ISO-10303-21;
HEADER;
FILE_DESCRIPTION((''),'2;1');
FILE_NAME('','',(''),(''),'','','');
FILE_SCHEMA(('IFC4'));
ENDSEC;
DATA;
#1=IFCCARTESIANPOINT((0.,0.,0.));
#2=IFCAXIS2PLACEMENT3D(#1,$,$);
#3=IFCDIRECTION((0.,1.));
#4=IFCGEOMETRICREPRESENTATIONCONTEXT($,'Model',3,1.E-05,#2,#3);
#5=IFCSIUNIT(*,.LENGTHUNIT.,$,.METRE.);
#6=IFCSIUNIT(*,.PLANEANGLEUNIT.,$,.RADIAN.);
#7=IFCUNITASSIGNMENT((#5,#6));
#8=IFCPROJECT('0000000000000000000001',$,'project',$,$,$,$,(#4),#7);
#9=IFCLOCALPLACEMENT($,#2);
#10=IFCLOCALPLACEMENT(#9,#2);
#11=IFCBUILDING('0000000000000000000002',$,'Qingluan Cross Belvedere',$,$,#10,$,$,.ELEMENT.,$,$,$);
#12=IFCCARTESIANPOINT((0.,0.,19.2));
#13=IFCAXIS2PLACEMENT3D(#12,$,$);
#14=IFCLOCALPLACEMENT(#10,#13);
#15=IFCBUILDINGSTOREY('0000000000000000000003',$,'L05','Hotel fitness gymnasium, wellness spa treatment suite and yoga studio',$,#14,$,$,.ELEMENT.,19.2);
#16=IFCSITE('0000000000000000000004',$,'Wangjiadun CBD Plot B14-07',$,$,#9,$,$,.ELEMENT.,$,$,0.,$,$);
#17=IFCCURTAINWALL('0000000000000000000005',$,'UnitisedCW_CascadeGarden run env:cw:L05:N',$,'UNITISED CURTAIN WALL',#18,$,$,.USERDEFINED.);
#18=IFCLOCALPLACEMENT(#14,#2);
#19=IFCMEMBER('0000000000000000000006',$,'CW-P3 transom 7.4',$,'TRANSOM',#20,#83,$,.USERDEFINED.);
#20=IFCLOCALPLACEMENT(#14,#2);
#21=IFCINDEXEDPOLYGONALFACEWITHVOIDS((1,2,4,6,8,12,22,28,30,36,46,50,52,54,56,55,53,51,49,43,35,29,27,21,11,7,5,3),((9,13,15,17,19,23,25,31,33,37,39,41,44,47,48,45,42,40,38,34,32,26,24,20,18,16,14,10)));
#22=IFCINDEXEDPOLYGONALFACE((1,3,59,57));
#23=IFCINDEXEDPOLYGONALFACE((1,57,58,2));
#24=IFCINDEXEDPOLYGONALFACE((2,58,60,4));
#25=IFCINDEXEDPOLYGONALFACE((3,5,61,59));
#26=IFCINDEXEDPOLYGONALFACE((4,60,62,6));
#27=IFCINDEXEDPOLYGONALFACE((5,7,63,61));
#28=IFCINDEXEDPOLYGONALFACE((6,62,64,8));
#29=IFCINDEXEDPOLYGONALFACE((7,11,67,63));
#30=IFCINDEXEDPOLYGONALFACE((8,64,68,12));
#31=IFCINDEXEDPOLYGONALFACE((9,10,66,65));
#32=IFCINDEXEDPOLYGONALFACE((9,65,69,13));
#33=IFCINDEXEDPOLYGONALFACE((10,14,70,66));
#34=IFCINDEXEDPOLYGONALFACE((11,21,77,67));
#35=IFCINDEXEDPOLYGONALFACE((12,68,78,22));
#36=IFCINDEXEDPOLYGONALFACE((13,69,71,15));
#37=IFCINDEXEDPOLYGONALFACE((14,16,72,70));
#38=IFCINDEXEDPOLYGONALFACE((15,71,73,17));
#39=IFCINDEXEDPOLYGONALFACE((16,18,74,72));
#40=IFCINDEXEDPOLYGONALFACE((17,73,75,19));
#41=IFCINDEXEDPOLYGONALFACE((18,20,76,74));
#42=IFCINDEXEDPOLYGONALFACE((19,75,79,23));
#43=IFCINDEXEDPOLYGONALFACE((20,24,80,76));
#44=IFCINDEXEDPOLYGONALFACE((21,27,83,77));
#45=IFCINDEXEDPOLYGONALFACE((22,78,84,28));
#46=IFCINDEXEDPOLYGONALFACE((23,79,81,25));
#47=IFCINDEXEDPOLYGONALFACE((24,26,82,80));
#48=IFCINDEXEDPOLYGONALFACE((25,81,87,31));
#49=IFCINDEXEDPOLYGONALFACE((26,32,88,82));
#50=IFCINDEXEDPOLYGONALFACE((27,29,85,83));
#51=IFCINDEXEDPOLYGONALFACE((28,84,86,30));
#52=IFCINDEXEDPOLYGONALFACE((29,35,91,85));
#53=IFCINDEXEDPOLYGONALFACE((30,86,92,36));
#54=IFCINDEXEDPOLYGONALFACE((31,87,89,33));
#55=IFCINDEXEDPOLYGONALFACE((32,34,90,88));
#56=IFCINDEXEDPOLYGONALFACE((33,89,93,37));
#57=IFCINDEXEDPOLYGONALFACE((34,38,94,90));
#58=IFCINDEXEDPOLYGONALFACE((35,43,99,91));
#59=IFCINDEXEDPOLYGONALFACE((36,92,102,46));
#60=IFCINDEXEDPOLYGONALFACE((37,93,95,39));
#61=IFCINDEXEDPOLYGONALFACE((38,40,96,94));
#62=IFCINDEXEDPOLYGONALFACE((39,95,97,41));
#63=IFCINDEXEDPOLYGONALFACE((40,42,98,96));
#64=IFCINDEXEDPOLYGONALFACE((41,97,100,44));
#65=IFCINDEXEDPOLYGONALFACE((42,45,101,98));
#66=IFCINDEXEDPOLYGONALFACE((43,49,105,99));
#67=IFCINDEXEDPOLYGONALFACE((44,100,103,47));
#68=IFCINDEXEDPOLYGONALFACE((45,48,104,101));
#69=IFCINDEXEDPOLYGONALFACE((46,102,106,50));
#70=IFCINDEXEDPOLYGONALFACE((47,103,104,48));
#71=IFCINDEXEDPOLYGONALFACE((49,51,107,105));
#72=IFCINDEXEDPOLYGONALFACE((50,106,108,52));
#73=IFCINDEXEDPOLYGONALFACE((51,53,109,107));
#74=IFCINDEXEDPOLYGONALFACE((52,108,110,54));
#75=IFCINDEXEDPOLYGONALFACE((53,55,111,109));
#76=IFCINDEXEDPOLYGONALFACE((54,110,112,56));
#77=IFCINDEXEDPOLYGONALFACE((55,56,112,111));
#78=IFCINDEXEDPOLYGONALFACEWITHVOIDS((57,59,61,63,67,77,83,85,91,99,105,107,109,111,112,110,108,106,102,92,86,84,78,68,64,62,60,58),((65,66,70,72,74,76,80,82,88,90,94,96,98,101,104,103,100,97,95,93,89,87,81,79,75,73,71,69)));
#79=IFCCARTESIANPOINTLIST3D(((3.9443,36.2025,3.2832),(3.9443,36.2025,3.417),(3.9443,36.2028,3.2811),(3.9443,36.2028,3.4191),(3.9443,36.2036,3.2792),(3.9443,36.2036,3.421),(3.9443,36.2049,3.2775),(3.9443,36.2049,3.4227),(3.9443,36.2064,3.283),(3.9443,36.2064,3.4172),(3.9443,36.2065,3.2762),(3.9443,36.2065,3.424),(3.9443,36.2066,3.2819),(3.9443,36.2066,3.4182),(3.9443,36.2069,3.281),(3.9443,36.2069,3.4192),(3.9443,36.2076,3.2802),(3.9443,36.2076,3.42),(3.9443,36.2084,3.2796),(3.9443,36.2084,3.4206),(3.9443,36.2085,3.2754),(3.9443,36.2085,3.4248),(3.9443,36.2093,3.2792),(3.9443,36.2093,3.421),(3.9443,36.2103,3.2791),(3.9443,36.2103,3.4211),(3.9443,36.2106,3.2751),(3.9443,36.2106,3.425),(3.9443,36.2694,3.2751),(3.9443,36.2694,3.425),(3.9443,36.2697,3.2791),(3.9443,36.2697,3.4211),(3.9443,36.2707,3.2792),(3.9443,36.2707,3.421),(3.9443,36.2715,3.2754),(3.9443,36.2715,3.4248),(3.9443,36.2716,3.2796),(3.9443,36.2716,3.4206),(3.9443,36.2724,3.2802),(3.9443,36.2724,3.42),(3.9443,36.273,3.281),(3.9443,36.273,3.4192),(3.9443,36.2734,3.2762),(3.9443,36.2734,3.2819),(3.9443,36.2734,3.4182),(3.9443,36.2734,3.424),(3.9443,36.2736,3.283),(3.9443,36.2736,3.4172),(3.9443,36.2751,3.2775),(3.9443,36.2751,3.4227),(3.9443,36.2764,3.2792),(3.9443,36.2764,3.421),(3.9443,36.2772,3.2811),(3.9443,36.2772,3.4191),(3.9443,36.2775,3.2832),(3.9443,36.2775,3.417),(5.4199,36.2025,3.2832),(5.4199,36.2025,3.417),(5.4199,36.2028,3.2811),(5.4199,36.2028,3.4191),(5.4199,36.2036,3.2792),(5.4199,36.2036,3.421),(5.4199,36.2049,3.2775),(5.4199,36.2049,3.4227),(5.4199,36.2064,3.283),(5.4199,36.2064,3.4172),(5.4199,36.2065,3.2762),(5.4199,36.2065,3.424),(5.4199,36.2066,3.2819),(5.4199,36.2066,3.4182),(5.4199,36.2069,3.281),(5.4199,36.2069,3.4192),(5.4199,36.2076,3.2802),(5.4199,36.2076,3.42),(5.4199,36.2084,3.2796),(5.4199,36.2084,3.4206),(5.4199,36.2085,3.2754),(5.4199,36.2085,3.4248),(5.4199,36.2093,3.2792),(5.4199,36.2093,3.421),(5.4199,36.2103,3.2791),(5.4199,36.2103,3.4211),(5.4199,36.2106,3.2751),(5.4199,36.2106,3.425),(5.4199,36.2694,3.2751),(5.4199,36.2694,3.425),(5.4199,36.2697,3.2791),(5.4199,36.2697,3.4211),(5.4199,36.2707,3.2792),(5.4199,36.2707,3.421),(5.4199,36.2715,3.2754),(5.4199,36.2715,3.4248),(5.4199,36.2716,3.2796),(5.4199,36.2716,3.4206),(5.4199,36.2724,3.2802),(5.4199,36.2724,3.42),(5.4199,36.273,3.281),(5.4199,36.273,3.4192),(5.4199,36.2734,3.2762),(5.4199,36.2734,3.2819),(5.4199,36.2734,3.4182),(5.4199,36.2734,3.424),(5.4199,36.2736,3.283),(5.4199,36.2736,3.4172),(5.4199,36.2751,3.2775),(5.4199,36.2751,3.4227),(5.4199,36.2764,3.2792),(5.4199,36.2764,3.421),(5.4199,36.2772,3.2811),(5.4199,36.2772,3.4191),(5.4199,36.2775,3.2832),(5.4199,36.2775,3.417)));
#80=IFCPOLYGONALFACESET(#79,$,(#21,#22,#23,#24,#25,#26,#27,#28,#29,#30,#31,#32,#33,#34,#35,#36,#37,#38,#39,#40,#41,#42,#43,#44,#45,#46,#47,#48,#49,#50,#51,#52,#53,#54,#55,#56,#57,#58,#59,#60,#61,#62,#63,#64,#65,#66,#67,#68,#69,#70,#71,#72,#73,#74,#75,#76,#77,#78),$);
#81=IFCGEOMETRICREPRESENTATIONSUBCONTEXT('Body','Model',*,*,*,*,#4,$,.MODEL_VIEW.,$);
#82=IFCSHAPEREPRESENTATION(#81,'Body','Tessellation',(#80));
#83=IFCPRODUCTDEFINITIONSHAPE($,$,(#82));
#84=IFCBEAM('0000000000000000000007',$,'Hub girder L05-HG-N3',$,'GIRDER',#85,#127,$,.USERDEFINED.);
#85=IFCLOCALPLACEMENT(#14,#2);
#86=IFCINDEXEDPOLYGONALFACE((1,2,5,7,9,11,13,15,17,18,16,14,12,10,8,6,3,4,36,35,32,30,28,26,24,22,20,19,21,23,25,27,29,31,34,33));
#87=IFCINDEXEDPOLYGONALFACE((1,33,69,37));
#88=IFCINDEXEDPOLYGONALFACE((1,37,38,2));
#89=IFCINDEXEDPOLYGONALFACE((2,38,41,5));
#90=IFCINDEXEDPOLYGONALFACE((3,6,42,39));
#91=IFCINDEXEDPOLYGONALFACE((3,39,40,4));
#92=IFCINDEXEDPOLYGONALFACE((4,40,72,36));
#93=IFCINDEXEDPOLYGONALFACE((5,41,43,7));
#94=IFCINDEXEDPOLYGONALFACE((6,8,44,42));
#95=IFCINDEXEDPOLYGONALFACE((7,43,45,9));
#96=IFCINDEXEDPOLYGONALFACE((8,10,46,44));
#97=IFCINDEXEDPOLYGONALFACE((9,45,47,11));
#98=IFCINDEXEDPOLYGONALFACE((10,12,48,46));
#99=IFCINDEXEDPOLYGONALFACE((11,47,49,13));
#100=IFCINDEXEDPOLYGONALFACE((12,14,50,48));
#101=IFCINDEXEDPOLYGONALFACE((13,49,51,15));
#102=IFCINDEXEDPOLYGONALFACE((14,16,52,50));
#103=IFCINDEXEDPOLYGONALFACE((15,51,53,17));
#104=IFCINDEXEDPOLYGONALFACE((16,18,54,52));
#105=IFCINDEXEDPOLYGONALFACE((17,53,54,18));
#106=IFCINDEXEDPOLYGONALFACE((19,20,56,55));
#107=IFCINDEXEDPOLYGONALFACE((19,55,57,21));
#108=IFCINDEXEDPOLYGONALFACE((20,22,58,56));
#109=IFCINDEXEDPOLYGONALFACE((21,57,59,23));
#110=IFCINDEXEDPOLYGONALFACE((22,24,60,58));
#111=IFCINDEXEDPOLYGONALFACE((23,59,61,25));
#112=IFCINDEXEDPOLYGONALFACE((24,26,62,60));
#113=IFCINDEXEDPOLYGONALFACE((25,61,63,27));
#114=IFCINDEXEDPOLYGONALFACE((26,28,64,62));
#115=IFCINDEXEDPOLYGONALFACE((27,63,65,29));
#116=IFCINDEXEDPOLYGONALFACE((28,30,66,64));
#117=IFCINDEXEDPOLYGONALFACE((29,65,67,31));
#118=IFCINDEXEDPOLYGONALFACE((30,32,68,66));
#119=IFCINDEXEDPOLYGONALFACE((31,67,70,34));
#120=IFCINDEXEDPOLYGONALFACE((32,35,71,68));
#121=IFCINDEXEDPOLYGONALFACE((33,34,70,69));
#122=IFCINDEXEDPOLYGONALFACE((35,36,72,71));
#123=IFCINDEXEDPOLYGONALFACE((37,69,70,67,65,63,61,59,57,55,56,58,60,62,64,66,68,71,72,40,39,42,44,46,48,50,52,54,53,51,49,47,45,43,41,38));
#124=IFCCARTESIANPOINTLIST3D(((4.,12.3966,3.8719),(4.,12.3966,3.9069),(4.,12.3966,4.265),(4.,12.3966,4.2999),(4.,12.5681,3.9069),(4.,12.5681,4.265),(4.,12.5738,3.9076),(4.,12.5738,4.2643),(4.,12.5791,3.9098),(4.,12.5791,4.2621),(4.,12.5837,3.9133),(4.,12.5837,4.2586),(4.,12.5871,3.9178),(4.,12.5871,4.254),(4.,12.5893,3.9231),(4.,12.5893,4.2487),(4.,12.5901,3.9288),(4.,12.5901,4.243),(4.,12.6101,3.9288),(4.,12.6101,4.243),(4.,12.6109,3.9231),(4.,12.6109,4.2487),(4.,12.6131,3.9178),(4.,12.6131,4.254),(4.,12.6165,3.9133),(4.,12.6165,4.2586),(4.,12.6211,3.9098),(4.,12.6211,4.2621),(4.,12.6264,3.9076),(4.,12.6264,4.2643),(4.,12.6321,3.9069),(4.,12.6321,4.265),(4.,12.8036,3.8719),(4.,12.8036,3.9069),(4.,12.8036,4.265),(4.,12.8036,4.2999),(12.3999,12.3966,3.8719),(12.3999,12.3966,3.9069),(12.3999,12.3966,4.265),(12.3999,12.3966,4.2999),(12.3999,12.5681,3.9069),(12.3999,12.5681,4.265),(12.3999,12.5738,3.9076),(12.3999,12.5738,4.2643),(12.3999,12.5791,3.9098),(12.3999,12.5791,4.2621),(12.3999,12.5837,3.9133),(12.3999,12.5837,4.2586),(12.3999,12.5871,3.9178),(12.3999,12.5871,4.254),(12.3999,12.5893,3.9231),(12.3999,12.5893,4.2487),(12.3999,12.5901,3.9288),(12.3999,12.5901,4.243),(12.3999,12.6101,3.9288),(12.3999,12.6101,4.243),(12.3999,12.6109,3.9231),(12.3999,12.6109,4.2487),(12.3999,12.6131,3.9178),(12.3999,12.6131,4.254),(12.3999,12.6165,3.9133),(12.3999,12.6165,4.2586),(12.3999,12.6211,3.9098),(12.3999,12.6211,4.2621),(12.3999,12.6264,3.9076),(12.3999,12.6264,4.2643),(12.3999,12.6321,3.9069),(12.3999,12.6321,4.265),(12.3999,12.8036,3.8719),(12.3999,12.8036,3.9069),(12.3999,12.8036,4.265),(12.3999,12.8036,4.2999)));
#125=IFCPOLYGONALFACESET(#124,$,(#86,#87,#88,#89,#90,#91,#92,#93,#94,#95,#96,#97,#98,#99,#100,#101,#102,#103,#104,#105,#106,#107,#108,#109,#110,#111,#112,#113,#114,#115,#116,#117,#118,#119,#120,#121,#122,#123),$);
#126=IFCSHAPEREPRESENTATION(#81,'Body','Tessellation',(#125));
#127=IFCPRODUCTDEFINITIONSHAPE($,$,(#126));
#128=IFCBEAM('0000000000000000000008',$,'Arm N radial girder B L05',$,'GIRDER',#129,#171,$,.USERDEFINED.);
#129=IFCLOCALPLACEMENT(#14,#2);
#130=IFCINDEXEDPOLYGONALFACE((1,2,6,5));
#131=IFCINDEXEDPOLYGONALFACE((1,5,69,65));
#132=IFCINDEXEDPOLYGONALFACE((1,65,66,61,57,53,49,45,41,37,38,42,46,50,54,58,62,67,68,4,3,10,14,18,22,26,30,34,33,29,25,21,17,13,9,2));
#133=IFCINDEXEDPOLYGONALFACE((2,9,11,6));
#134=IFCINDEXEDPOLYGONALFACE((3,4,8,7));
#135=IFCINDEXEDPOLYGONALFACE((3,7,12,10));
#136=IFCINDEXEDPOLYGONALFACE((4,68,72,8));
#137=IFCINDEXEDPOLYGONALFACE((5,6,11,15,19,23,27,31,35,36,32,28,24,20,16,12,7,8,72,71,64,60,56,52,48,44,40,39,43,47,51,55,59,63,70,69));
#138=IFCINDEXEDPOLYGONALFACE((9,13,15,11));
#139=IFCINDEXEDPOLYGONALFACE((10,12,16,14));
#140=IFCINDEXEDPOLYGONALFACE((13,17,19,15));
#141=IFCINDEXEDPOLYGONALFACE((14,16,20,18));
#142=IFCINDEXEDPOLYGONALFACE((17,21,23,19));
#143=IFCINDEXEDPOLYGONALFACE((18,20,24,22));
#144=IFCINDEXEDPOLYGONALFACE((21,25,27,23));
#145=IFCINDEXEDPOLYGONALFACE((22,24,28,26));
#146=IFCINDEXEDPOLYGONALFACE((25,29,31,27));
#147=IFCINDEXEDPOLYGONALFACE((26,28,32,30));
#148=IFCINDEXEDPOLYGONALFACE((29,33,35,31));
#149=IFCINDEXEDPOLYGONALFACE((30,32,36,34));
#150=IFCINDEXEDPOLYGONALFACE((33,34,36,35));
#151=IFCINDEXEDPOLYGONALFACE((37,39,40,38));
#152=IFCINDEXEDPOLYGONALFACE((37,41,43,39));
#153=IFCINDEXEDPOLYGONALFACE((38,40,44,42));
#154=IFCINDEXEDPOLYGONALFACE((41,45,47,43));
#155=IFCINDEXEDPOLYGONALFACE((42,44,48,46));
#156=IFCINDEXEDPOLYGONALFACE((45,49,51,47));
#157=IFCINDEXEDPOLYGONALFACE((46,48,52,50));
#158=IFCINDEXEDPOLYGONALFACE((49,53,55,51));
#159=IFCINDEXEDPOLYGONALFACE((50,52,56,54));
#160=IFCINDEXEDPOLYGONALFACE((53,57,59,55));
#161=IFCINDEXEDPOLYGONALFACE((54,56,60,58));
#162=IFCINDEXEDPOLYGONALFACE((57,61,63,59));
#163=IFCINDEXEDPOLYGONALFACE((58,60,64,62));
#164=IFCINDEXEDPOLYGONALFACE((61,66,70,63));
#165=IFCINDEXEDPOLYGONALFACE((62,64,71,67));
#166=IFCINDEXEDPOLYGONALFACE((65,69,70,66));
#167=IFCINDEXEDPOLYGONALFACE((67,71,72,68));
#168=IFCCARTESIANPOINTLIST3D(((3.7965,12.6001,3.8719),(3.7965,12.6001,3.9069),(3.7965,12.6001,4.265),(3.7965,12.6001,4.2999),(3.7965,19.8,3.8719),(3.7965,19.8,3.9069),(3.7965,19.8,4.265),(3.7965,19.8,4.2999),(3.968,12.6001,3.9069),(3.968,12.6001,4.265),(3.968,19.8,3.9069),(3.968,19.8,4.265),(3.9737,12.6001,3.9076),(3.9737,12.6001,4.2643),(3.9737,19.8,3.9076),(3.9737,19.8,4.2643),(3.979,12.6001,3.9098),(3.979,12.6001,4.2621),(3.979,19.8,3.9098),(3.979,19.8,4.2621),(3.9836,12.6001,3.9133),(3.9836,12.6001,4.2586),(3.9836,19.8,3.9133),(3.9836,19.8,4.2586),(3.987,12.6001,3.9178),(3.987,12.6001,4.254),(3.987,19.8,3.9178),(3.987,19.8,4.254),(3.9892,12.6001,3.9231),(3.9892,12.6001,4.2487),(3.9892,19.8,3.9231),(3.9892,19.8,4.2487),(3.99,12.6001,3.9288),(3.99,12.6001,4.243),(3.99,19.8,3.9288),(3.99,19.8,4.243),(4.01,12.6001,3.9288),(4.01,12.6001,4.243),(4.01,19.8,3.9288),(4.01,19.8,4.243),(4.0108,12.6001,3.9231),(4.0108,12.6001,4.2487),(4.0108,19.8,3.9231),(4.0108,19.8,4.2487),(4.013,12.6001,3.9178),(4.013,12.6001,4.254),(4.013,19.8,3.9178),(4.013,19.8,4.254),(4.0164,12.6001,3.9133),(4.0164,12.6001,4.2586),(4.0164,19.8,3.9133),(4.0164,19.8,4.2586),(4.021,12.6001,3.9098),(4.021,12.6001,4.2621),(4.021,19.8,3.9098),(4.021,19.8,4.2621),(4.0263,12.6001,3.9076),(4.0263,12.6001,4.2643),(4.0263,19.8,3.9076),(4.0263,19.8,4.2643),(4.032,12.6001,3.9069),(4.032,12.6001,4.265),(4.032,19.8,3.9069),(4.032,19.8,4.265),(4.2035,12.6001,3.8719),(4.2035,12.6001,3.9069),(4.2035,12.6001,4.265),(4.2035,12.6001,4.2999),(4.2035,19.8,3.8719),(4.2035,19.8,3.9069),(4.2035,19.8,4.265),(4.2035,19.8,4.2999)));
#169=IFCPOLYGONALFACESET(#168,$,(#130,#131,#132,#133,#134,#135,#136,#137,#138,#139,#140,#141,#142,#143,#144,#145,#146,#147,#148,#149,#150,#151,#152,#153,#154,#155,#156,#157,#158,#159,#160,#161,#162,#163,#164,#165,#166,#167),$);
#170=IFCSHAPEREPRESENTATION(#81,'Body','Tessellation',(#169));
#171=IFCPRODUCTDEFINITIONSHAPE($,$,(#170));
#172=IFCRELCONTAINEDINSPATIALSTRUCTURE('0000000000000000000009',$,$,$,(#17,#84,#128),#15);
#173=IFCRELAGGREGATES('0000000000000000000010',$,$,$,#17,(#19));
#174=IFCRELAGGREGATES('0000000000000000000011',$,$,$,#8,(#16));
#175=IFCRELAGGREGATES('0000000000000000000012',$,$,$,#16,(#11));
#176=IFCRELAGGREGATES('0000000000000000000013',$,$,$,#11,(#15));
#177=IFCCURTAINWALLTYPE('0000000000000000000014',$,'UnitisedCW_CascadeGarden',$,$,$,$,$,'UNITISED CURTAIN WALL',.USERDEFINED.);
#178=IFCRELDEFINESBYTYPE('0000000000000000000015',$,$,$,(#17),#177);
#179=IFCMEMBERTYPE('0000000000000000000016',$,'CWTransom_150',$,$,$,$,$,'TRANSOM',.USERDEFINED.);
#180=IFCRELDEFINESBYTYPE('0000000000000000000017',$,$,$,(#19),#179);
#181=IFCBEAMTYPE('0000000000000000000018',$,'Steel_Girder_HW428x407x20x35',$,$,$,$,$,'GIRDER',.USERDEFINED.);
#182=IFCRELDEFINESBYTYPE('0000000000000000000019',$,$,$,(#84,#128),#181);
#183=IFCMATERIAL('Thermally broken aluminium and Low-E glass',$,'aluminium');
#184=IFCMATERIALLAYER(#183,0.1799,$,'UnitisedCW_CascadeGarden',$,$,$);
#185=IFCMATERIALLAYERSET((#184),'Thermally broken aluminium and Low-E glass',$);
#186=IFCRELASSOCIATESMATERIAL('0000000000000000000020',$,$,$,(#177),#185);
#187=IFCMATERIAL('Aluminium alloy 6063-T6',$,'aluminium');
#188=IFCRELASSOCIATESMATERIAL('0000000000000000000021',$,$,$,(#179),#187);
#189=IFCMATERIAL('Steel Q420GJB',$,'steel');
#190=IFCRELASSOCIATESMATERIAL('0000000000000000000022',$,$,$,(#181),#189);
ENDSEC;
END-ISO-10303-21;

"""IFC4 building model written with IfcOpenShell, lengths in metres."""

from ifc_helpers import new_model, si_unit, direction, frame, origin, origin_2d, place, context, subcontext, project, spatial, hollow_rectangle, i_section, extrude, material, layer, layer_set, material_profile, profile_set, type_object, element, aggregate, save


model = new_model("IFC4")

# Units and contexts
model_context = context("Model", 3, precision=1e-05, world=origin(), true_north=direction((0.0, 1.0)))
body_context = subcontext(model_context, "Body", "Model", "MODEL_VIEW")
ifc_project = project(units=[si_unit("LENGTHUNIT", "METRE"), si_unit("PLANEANGLEUNIT", "RADIAN")], contexts=[model_context])

# Site, building, storey
site_placement = place(None, origin())
site = spatial("IfcSite", under=ifc_project, at=site_placement, Name="Wangjiadun CBD Plot B14-07", CompositionType="ELEMENT", RefElevation=0.0)
building_placement = place(site_placement, origin())
building = spatial("IfcBuilding", under=site, at=building_placement, Name="Qingluan Cross Belvedere", CompositionType="ELEMENT")
storey_placement = place(building_placement, frame((0.0, 0.0, 19.2)))
storey = spatial("IfcBuildingStorey", under=building, at=storey_placement, Name="L05", Description="Hotel fitness gymnasium, wellness spa treatment suite and yoga studio", CompositionType="ELEMENT", Elevation=19.2)

# Curtain wall, member
ifc_material_1 = material(Name="Thermally broken aluminium and Low-E glass", Category="aluminium")
ifc_layer_1 = layer(ifc_material_1, 0.1799, Name="UnitisedCW_CascadeGarden")
ifc_layer_set_1 = layer_set([ifc_layer_1], Name="Thermally broken aluminium and Low-E glass")
curtain_wall_type = type_object("IfcCurtainWallType", Name="UnitisedCW_CascadeGarden", ElementType="UNITISED CURTAIN WALL", PredefinedType="USERDEFINED", material=ifc_layer_set_1)
curtain_wall_placement = place(storey_placement, origin())
curtain_wall = element("IfcCurtainWall", 1, at=curtain_wall_placement, inside=storey, type_object=curtain_wall_type, Name="UnitisedCW_CascadeGarden run env:cw:L05:N", ObjectType="UNITISED CURTAIN WALL", PredefinedType="USERDEFINED")
ifc_material_2 = material(Name="Aluminium alloy 6063-T6", Category="aluminium")
ifc_material_profile_1 = material_profile(ifc_material_2, hollow_rectangle(XDim=0.075, YDim=0.1499, WallThickness=0.0039, InnerFilletRadius=0.0039, OuterFilletRadius=0.0081, at=origin_2d()), Name="CWT150x75x4")
ifc_profile_set_1 = profile_set([ifc_material_profile_1], Name="Aluminium alloy 6063-T6")
member_type_1 = type_object("IfcMemberType", Name="CWTransom_150", ElementType="TRANSOM", PredefinedType="USERDEFINED", material=ifc_profile_set_1)
member_1_placement = place(storey_placement, frame((3.9443, 36.24, 3.3501), z_axis=(1.0, 0.0, 0.0), x_axis=(0.0, 1.0, 0.0)))
member_1 = element("IfcMember", 2, at=member_1_placement, type_object=member_type_1, Name="CW-P3 transom 7.4", ObjectType="TRANSOM", PredefinedType="USERDEFINED", context=body_context, shape_type="SweptSolid", body=[
    extrude(hollow_rectangle(XDim=0.075, YDim=0.1499, WallThickness=0.0039, InnerFilletRadius=0.0039, OuterFilletRadius=0.0081, at=origin_2d()), origin(), (0.0, 0.0, 1.0), 1.4756),
])

# Beams
ifc_material_3 = material(Name="Steel Q420GJB", Category="steel")
ifc_material_profile_2 = material_profile(ifc_material_3, i_section(OverallWidth=0.407, OverallDepth=0.428, WebThickness=0.02, FlangeThickness=0.0349, FilletRadius=0.022, at=origin_2d()), Name="HW428x407x20x35")
ifc_profile_set_2 = profile_set([ifc_material_profile_2], Name="Steel Q420GJB")
beam_type = type_object("IfcBeamType", Name="Steel_Girder_HW428x407x20x35", ElementType="GIRDER", PredefinedType="USERDEFINED", material=ifc_profile_set_2)
beam_1_placement = place(storey_placement, frame((4.0, 12.6001, 4.0859), z_axis=(1.0, 0.0, 0.0), x_axis=(0.0, 1.0, 0.0)))
element("IfcBeam", 3, at=beam_1_placement, inside=storey, type_object=beam_type, Name="Hub girder L05-HG-N3", ObjectType="GIRDER", PredefinedType="USERDEFINED", context=body_context, shape_type="SweptSolid", body=[
    extrude(i_section(OverallWidth=0.407, OverallDepth=0.428, WebThickness=0.02, FlangeThickness=0.0349, FilletRadius=0.022, at=origin_2d()), origin(), (0.0, 0.0, 1.0), 8.3999),
])
beam_2_placement = place(storey_placement, frame((4.0, 12.6001, 4.0859), z_axis=(0.0, 1.0, 0.0), x_axis=(-1.0, 0.0, 0.0)))
element("IfcBeam", 4, at=beam_2_placement, inside=storey, type_object=beam_type, Name="Arm N radial girder B L05", ObjectType="GIRDER", PredefinedType="USERDEFINED", context=body_context, shape_type="SweptSolid", body=[
    extrude(i_section(OverallWidth=0.407, OverallDepth=0.428, WebThickness=0.02, FlangeThickness=0.0349, FilletRadius=0.022, at=origin_2d()), origin(), (0.0, 0.0, 1.0), 7.2),
])

aggregate(curtain_wall, [member_1])

save(model, "model.ifc")
